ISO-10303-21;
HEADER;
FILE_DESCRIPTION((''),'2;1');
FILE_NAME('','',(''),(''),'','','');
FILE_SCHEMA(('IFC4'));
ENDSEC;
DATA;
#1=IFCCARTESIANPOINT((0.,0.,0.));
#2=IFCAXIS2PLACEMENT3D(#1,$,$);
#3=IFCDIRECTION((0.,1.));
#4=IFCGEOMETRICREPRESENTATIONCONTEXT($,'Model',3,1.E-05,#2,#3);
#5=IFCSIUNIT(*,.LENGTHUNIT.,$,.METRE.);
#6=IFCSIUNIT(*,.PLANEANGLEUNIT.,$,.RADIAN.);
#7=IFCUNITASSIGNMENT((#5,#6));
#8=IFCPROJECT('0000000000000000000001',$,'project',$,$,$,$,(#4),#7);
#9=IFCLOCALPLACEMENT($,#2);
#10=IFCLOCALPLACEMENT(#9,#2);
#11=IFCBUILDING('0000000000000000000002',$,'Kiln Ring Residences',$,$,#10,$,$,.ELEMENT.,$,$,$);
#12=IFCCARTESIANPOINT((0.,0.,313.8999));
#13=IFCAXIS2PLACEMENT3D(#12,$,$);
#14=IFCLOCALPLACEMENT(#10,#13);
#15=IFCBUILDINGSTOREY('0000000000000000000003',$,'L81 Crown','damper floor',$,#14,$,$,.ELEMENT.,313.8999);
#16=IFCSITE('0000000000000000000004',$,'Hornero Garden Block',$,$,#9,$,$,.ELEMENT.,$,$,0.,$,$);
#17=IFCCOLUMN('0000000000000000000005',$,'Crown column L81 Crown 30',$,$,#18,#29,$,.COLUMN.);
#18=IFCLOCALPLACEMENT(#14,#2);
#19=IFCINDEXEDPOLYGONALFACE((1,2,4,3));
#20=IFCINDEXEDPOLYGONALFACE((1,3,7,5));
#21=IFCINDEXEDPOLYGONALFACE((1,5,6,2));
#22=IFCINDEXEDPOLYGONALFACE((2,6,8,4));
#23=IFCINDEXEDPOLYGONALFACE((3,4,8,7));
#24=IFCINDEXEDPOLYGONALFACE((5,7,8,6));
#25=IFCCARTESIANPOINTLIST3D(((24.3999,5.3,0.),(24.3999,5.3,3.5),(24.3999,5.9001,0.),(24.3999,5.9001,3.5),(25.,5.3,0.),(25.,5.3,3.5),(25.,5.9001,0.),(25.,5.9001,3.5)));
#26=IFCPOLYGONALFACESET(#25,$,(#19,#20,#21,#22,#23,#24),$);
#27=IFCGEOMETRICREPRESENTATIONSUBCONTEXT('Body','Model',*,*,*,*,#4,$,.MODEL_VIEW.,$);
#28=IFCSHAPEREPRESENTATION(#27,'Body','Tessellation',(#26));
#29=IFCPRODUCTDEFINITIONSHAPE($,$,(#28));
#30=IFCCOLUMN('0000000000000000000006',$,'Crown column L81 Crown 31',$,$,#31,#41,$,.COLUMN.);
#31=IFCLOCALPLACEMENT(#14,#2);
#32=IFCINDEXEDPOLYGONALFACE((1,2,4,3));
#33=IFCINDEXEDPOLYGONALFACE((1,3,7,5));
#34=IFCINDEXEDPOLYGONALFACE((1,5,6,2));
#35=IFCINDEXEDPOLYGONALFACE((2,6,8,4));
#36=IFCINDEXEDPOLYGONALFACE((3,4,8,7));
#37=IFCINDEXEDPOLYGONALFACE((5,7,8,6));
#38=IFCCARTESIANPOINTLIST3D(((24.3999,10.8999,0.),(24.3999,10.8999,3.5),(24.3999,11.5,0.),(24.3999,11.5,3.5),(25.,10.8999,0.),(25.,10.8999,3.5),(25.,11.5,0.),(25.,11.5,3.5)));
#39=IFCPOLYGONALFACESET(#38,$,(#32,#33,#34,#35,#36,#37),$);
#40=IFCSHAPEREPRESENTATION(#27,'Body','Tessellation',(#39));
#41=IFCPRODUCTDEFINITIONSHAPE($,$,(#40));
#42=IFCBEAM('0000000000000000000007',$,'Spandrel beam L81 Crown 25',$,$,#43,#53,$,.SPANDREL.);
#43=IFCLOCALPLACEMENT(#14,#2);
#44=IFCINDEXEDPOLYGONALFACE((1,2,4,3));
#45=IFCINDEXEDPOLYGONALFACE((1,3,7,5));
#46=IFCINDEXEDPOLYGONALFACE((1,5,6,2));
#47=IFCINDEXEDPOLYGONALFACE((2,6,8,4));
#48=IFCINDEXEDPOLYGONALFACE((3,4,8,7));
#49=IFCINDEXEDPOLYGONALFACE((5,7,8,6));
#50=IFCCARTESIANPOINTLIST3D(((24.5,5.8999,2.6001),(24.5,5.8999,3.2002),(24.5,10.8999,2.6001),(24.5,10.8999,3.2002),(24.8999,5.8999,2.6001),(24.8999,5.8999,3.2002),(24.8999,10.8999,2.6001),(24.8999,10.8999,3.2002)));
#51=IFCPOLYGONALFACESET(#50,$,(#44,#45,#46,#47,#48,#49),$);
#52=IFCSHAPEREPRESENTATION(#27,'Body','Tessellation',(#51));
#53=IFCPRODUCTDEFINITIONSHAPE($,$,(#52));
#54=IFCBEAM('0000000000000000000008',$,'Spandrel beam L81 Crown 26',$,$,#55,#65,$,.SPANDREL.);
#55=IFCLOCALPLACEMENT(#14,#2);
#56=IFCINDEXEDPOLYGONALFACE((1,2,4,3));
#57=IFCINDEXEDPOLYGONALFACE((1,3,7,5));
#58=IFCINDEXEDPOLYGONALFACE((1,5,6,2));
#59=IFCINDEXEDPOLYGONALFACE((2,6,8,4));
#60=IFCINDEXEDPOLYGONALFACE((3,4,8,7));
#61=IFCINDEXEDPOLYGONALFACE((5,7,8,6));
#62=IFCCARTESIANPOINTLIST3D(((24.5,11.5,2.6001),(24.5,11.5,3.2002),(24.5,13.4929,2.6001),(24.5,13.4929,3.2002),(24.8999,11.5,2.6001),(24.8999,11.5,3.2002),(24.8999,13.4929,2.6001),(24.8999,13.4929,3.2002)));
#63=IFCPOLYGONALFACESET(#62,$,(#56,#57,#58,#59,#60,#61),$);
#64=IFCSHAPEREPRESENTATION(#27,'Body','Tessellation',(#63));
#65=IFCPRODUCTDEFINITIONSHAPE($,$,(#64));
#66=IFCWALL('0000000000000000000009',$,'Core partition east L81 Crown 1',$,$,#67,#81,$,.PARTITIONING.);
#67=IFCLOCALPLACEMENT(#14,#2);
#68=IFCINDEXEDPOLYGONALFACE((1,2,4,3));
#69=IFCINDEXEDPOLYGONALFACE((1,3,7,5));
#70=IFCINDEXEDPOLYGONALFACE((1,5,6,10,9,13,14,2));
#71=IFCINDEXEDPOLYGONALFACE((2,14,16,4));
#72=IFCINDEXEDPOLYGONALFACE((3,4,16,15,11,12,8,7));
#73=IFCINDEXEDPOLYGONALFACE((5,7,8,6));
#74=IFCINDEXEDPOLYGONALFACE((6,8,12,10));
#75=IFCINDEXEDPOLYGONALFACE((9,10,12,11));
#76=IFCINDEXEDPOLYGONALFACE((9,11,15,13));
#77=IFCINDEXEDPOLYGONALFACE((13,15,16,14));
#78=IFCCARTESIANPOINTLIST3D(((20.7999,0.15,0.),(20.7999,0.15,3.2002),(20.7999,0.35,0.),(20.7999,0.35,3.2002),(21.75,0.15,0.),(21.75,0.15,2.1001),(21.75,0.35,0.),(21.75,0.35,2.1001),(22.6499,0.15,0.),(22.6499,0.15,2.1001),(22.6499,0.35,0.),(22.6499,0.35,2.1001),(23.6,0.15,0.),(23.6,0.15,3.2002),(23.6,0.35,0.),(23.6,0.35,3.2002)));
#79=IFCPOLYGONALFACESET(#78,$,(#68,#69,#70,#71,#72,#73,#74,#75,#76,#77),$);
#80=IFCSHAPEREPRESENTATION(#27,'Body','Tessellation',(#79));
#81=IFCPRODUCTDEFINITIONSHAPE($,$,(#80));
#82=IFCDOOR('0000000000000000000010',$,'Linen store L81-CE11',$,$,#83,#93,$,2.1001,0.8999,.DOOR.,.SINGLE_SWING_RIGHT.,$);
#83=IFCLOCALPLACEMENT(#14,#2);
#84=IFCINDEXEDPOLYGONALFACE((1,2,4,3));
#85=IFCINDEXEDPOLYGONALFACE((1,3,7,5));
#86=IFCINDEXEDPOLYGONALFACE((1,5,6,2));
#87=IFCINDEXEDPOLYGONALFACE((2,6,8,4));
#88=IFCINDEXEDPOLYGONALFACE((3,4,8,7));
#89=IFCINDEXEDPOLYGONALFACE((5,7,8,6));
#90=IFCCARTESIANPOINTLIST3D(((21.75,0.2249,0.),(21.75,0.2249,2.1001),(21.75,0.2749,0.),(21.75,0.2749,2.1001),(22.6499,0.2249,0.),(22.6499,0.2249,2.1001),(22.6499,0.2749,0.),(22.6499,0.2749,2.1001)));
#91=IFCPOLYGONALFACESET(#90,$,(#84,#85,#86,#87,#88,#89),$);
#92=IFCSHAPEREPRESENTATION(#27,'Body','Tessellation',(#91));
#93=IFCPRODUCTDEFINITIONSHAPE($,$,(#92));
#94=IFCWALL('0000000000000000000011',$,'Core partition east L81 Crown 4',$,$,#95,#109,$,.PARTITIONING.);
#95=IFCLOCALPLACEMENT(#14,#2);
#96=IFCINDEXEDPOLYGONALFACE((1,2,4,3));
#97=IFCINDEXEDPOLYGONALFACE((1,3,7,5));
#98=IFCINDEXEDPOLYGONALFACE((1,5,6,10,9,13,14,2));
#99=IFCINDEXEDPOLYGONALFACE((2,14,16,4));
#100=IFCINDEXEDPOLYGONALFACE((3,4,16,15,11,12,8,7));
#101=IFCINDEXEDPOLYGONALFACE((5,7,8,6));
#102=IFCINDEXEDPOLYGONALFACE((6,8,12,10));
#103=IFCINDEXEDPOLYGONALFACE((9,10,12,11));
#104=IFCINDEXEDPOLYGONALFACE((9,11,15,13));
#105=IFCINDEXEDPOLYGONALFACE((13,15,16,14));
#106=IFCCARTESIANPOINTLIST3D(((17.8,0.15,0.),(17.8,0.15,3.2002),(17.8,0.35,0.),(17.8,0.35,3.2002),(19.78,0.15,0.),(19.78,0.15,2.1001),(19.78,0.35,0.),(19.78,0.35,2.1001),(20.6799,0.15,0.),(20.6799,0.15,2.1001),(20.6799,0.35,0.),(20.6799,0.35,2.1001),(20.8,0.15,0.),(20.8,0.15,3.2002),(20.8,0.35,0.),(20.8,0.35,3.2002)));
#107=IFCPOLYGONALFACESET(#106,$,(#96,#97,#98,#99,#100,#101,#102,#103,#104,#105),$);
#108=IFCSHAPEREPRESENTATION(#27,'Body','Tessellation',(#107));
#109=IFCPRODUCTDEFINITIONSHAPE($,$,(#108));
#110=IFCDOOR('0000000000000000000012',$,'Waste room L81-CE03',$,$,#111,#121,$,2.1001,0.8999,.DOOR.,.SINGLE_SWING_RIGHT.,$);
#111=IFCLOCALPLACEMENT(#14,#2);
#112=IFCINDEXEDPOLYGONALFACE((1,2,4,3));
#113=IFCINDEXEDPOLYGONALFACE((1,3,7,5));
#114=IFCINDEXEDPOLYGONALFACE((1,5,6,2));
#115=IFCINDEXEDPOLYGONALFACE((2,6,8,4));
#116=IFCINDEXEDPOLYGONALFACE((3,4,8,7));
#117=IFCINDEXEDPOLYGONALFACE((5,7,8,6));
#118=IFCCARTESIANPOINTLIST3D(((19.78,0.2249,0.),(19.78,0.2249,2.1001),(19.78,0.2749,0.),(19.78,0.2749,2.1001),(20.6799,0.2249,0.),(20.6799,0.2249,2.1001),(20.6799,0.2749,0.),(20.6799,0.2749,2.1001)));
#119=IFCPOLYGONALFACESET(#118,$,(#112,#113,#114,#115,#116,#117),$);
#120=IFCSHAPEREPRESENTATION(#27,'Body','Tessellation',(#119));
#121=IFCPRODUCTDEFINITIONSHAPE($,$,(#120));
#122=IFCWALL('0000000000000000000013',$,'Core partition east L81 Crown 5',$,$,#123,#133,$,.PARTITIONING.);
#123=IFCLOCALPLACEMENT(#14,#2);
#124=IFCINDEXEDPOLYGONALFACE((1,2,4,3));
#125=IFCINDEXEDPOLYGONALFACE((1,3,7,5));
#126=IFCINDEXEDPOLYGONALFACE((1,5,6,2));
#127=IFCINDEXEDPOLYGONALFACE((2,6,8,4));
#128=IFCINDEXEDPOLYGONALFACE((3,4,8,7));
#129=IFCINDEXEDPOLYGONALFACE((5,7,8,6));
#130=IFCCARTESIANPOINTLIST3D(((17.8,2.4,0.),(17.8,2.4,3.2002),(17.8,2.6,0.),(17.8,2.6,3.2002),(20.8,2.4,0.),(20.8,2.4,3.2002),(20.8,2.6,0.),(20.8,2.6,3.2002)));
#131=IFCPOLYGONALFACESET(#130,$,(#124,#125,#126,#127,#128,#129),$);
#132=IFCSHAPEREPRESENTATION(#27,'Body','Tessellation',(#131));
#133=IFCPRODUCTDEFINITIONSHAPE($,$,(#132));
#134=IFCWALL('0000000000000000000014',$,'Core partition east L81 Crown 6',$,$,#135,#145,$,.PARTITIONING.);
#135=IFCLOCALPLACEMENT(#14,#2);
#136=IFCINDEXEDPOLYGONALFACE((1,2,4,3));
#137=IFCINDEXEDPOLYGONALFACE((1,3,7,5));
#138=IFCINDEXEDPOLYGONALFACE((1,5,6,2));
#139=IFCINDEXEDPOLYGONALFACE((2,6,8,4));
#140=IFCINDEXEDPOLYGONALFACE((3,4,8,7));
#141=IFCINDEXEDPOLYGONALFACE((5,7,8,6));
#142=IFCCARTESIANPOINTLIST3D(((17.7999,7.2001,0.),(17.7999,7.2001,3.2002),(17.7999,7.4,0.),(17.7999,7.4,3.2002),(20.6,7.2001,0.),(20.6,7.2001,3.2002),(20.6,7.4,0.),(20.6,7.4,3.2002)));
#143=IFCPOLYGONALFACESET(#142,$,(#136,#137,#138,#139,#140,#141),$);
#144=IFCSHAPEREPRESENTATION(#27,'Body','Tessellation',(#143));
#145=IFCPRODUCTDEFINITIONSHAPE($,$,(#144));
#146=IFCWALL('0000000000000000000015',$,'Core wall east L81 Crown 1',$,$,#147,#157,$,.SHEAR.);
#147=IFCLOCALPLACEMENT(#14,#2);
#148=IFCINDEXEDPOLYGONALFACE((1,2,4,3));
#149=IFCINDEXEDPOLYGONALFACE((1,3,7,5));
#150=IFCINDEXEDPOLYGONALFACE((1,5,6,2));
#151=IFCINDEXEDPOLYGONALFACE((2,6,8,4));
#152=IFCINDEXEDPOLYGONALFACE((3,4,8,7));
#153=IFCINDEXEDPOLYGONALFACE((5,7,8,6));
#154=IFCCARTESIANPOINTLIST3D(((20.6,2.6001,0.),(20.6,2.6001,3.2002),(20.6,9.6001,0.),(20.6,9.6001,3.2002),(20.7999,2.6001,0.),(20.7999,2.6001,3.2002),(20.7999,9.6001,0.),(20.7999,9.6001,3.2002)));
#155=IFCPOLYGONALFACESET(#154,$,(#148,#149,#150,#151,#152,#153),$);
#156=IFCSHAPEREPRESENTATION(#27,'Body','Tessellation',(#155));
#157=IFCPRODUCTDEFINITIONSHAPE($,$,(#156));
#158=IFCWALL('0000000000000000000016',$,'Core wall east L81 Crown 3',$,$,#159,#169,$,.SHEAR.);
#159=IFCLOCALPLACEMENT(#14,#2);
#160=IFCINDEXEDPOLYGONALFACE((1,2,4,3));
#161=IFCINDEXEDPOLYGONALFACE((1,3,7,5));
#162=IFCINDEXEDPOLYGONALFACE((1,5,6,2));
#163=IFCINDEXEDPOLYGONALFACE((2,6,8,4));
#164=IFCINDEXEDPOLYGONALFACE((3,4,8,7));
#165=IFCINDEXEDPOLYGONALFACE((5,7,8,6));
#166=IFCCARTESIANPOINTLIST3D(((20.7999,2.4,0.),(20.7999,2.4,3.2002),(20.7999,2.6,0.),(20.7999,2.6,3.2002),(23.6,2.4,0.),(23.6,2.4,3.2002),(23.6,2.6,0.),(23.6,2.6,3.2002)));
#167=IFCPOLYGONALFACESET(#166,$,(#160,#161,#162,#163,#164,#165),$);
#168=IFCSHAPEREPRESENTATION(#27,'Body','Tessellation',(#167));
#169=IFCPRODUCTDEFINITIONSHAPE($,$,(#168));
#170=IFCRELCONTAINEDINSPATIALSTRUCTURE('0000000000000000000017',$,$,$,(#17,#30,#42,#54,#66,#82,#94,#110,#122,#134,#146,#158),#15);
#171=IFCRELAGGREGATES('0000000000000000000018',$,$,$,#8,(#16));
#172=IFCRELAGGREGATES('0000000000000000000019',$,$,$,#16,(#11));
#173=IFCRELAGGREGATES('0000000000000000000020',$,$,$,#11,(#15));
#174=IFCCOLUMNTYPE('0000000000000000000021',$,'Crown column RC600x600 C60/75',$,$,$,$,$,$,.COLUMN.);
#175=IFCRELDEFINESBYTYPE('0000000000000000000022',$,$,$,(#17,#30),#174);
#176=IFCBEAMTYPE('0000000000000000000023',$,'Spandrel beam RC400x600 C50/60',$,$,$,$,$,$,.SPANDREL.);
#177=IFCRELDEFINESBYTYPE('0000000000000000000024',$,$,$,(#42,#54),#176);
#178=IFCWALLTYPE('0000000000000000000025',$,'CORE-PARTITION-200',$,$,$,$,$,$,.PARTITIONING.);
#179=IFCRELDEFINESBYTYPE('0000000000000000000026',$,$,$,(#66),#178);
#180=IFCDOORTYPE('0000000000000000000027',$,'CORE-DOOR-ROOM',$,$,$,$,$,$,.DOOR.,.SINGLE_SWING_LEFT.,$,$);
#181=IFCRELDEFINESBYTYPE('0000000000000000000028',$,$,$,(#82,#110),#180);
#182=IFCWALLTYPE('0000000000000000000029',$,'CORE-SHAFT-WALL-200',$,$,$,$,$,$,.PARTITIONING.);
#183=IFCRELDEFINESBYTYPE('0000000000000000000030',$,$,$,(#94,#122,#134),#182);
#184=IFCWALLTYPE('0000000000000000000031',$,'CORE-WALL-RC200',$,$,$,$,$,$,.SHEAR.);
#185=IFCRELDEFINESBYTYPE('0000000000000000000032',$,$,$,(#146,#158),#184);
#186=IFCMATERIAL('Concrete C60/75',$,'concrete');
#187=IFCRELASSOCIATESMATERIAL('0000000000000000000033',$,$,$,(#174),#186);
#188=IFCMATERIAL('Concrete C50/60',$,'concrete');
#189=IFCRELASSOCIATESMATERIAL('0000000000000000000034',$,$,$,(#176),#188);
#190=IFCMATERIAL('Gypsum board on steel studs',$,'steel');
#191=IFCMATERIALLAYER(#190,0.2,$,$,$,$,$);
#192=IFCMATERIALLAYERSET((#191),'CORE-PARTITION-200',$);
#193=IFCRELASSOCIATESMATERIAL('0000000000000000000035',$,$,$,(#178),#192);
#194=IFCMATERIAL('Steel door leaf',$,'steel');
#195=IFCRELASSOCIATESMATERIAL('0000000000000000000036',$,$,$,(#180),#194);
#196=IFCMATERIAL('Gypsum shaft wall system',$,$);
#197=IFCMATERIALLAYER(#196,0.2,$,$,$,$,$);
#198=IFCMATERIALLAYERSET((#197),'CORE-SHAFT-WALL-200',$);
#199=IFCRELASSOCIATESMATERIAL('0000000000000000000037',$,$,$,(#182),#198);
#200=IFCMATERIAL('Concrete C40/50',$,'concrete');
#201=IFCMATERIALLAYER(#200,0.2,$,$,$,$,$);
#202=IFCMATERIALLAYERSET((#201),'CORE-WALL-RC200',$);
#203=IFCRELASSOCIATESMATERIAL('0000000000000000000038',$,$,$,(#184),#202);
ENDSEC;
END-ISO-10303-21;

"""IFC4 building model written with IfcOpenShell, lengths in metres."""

from ifc_helpers import new_model, si_unit, direction, frame, frame_2d, origin, origin_2d, place, context, subcontext, project, spatial, rectangle, extrude, material, layer, layer_set, material_profile, profile_set, type_object, element, fill, save


model = new_model("IFC4")

# Units and contexts
model_context = context("Model", 3, precision=1e-05, world=origin(), true_north=direction((0.0, 1.0)))
body_context = subcontext(model_context, "Body", "Model", "MODEL_VIEW")
ifc_project = project(units=[si_unit("LENGTHUNIT", "METRE"), si_unit("PLANEANGLEUNIT", "RADIAN")], contexts=[model_context])

# Site, building, storey
site_placement = place(None, origin())
site = spatial("IfcSite", under=ifc_project, at=site_placement, Name="Hornero Garden Block", CompositionType="ELEMENT", RefElevation=0.0)
building_placement = place(site_placement, origin())
building = spatial("IfcBuilding", under=site, at=building_placement, Name="Kiln Ring Residences", CompositionType="ELEMENT")
storey_placement = place(building_placement, frame((0.0, 0.0, 313.8999)))
storey = spatial("IfcBuildingStorey", under=building, at=storey_placement, Name="L81 Crown", Description="damper floor", CompositionType="ELEMENT", Elevation=313.8999)

# Columns
ifc_material_1 = material(Name="Concrete C60/75", Category="concrete")
ifc_material_profile_1 = material_profile(ifc_material_1, rectangle(XDim=0.6001, YDim=0.6001, at=origin_2d()), Name="RC600x600")
ifc_profile_set_1 = profile_set([ifc_material_profile_1], Name="Concrete C60/75")
column_type = type_object("IfcColumnType", Name="Crown column RC600x600 C60/75", PredefinedType="COLUMN", material=ifc_profile_set_1)
for number, where, z_axis, x_axis, name in (
    (1, (24.7, 5.6001, 0.0), (0.0, 0.0, 1.0), (1.0, 0.0, 0.0), "Crown column L81 Crown 30"),
    (2, (24.7, 11.2, 0.0), (0.0, 0.0, 1.0), (1.0, 0.0, 0.0), "Crown column L81 Crown 31"),
):
    element("IfcColumn", number, at=place(storey_placement, frame(where, z_axis=z_axis, x_axis=x_axis)), inside=storey, type_object=column_type, Name=name, PredefinedType="COLUMN", context=body_context, shape_type="SweptSolid", body=[
        extrude(rectangle(XDim=0.6001, YDim=0.6001, at=origin_2d()), origin(), (0.0, 0.0, 1.0), 3.5),
    ])

# Beams
ifc_material_2 = material(Name="Concrete C50/60", Category="concrete")
ifc_material_profile_2 = material_profile(ifc_material_2, rectangle(XDim=0.3999, YDim=0.6001, at=origin_2d()), Name="RC400x600")
ifc_profile_set_2 = profile_set([ifc_material_profile_2], Name="Concrete C50/60")
beam_type = type_object("IfcBeamType", Name="Spandrel beam RC400x600 C50/60", PredefinedType="SPANDREL", material=ifc_profile_set_2)
beam_1_placement = place(storey_placement, frame((24.7, 5.8999, 2.9001), z_axis=(0.0, 1.0, 0.0), x_axis=(-1.0, 0.0, 0.0)))
element("IfcBeam", 3, at=beam_1_placement, inside=storey, type_object=beam_type, Name="Spandrel beam L81 Crown 25", PredefinedType="SPANDREL", context=body_context, shape_type="SweptSolid", body=[
    extrude(rectangle(XDim=0.3999, YDim=0.6001, at=origin_2d()), origin(), (0.0, 0.0, 1.0), 5.0),
])
beam_2_placement = place(storey_placement, frame((24.7, 11.5, 2.9001), z_axis=(0.0, 1.0, 0.0), x_axis=(-1.0, 0.0, 0.0)))
element("IfcBeam", 4, at=beam_2_placement, inside=storey, type_object=beam_type, Name="Spandrel beam L81 Crown 26", PredefinedType="SPANDREL", context=body_context, shape_type="SweptSolid", body=[
    extrude(rectangle(XDim=0.3999, YDim=0.6001, at=origin_2d()), origin(), (0.0, 0.0, 1.0), 1.9929),
])

# Walls, openings, doors
ifc_material_3 = material(Name="Gypsum board on steel studs", Category="steel")
ifc_layer_1 = layer(ifc_material_3, 0.2)
ifc_layer_set_1 = layer_set([ifc_layer_1], Name="CORE-PARTITION-200")
wall_type_1 = type_object("IfcWallType", Name="CORE-PARTITION-200", PredefinedType="PARTITIONING", material=ifc_layer_set_1)
wall_1_placement = place(storey_placement, frame((20.8, 0.25, 0.0), z_axis=(0.0, 0.0, 1.0), x_axis=(1.0, 0.0, 0.0)))
wall_1 = element("IfcWall", 5, at=wall_1_placement, inside=storey, type_object=wall_type_1, Name="Core partition east L81 Crown 1", PredefinedType="PARTITIONING", context=body_context, shape_type="SweptSolid", body=[
    extrude(rectangle(XDim=2.8, YDim=0.2, at=frame_2d((1.3999, 0.0))), origin(), (0.0, 0.0, 1.0), 3.2002),
])
opening_1_placement = place(wall_1_placement, frame((0.95, 0.0, 0.0)))
opening_1 = element("IfcOpeningElement", 6, at=opening_1_placement, cuts=wall_1, PredefinedType="OPENING", context=body_context, shape_type="SweptSolid", body=[
    extrude(rectangle(XDim=0.8999, YDim=2.1001, at=frame_2d((0.45, 1.05))), frame((0.0, 0.1099, 0.0), z_axis=(0.0, -1.0, 0.0), x_axis=(1.0, 0.0, 0.0)), (0.0, 0.0, 1.0), 0.22),
])
ifc_material_4 = material(Name="Steel door leaf", Category="steel")
door_type_1 = type_object("IfcDoorType", Name="CORE-DOOR-ROOM", OperationType="SINGLE_SWING_LEFT", PredefinedType="DOOR", material=ifc_material_4)
door_1_placement = place(opening_1_placement, origin())
door_1 = element("IfcDoor", 7, at=door_1_placement, inside=storey, type_object=door_type_1, Name="Linen store L81-CE11", OperationType="SINGLE_SWING_RIGHT", OverallHeight=2.1001, OverallWidth=0.8999, PredefinedType="DOOR", context=body_context, shape_type="SweptSolid", body=[
    extrude(rectangle(XDim=0.8999, YDim=2.1001, at=frame_2d((0.45, 1.05))), frame((0.0, 0.0249, 0.0), z_axis=(0.0, -1.0, 0.0), x_axis=(1.0, 0.0, 0.0)), (0.0, 0.0, 1.0), 0.05),
])
fill(opening_1, door_1)
ifc_material_5 = material(Name="Gypsum shaft wall system")
ifc_layer_2 = layer(ifc_material_5, 0.2)
ifc_layer_set_2 = layer_set([ifc_layer_2], Name="CORE-SHAFT-WALL-200")
wall_type_2 = type_object("IfcWallType", Name="CORE-SHAFT-WALL-200", PredefinedType="PARTITIONING", material=ifc_layer_set_2)
wall_2_placement = place(storey_placement, frame((17.8, 0.25, 0.0), z_axis=(0.0, 0.0, 1.0), x_axis=(1.0, 0.0, 0.0)))
wall_2 = element("IfcWall", 8, at=wall_2_placement, inside=storey, type_object=wall_type_2, Name="Core partition east L81 Crown 4", PredefinedType="PARTITIONING", context=body_context, shape_type="SweptSolid", body=[
    extrude(rectangle(XDim=3.0, YDim=0.2, at=frame_2d((1.5, 0.0))), origin(), (0.0, 0.0, 1.0), 3.2002),
])
opening_2_placement = place(wall_2_placement, frame((1.98, 0.0, 0.0)))
opening_2 = element("IfcOpeningElement", 9, at=opening_2_placement, cuts=wall_2, PredefinedType="OPENING", context=body_context, shape_type="SweptSolid", body=[
    extrude(rectangle(XDim=0.8999, YDim=2.1001, at=frame_2d((0.45, 1.05))), frame((0.0, 0.1099, 0.0), z_axis=(0.0, -1.0, 0.0), x_axis=(1.0, 0.0, 0.0)), (0.0, 0.0, 1.0), 0.22),
])
door_2_placement = place(opening_2_placement, origin())
door_2 = element("IfcDoor", 10, at=door_2_placement, inside=storey, type_object=door_type_1, Name="Waste room L81-CE03", OperationType="SINGLE_SWING_RIGHT", OverallHeight=2.1001, OverallWidth=0.8999, PredefinedType="DOOR", context=body_context, shape_type="SweptSolid", body=[
    extrude(rectangle(XDim=0.8999, YDim=2.1001, at=frame_2d((0.45, 1.05))), frame((0.0, 0.0249, 0.0), z_axis=(0.0, -1.0, 0.0), x_axis=(1.0, 0.0, 0.0)), (0.0, 0.0, 1.0), 0.05),
])
fill(opening_2, door_2)

# Walls
wall_3_placement = place(storey_placement, frame((17.8, 2.5, 0.0), z_axis=(0.0, 0.0, 1.0), x_axis=(1.0, 0.0, 0.0)))
element("IfcWall", 11, at=wall_3_placement, inside=storey, type_object=wall_type_2, Name="Core partition east L81 Crown 5", PredefinedType="PARTITIONING", context=body_context, shape_type="SweptSolid", body=[
    extrude(rectangle(XDim=3.0, YDim=0.2, at=frame_2d((1.5, 0.0))), origin(), (0.0, 0.0, 1.0), 3.2002),
])
wall_4_placement = place(storey_placement, frame((17.8, 7.3, 0.0), z_axis=(0.0, 0.0, 1.0), x_axis=(1.0, 0.0, 0.0)))
element("IfcWall", 12, at=wall_4_placement, inside=storey, type_object=wall_type_2, Name="Core partition east L81 Crown 6", PredefinedType="PARTITIONING", context=body_context, shape_type="SweptSolid", body=[
    extrude(rectangle(XDim=2.8, YDim=0.2, at=frame_2d((1.3999, 0.0))), origin(), (0.0, 0.0, 1.0), 3.2002),
])
ifc_material_6 = material(Name="Concrete C40/50", Category="concrete")
ifc_layer_3 = layer(ifc_material_6, 0.2)
ifc_layer_set_3 = layer_set([ifc_layer_3], Name="CORE-WALL-RC200")
wall_type_3 = type_object("IfcWallType", Name="CORE-WALL-RC200", PredefinedType="SHEAR", material=ifc_layer_set_3)
wall_5_placement = place(storey_placement, frame((20.7, 2.6001, 0.0), z_axis=(0.0, 0.0, 1.0), x_axis=(0.0, 1.0, 0.0)))
element("IfcWall", 13, at=wall_5_placement, inside=storey, type_object=wall_type_3, Name="Core wall east L81 Crown 1", PredefinedType="SHEAR", context=body_context, shape_type="SweptSolid", body=[
    extrude(rectangle(XDim=7.0, YDim=0.2, at=frame_2d((3.5, 0.0))), origin(), (0.0, 0.0, 1.0), 3.2002),
])
wall_6_placement = place(storey_placement, frame((20.8, 2.5, 0.0), z_axis=(0.0, 0.0, 1.0), x_axis=(1.0, 0.0, 0.0)))
element("IfcWall", 14, at=wall_6_placement, inside=storey, type_object=wall_type_3, Name="Core wall east L81 Crown 3", PredefinedType="SHEAR", context=body_context, shape_type="SweptSolid", body=[
    extrude(rectangle(XDim=2.8, YDim=0.2, at=frame_2d((1.3999, 0.0))), origin(), (0.0, 0.0, 1.0), 3.2002),
])

save(model, "model.ifc")
